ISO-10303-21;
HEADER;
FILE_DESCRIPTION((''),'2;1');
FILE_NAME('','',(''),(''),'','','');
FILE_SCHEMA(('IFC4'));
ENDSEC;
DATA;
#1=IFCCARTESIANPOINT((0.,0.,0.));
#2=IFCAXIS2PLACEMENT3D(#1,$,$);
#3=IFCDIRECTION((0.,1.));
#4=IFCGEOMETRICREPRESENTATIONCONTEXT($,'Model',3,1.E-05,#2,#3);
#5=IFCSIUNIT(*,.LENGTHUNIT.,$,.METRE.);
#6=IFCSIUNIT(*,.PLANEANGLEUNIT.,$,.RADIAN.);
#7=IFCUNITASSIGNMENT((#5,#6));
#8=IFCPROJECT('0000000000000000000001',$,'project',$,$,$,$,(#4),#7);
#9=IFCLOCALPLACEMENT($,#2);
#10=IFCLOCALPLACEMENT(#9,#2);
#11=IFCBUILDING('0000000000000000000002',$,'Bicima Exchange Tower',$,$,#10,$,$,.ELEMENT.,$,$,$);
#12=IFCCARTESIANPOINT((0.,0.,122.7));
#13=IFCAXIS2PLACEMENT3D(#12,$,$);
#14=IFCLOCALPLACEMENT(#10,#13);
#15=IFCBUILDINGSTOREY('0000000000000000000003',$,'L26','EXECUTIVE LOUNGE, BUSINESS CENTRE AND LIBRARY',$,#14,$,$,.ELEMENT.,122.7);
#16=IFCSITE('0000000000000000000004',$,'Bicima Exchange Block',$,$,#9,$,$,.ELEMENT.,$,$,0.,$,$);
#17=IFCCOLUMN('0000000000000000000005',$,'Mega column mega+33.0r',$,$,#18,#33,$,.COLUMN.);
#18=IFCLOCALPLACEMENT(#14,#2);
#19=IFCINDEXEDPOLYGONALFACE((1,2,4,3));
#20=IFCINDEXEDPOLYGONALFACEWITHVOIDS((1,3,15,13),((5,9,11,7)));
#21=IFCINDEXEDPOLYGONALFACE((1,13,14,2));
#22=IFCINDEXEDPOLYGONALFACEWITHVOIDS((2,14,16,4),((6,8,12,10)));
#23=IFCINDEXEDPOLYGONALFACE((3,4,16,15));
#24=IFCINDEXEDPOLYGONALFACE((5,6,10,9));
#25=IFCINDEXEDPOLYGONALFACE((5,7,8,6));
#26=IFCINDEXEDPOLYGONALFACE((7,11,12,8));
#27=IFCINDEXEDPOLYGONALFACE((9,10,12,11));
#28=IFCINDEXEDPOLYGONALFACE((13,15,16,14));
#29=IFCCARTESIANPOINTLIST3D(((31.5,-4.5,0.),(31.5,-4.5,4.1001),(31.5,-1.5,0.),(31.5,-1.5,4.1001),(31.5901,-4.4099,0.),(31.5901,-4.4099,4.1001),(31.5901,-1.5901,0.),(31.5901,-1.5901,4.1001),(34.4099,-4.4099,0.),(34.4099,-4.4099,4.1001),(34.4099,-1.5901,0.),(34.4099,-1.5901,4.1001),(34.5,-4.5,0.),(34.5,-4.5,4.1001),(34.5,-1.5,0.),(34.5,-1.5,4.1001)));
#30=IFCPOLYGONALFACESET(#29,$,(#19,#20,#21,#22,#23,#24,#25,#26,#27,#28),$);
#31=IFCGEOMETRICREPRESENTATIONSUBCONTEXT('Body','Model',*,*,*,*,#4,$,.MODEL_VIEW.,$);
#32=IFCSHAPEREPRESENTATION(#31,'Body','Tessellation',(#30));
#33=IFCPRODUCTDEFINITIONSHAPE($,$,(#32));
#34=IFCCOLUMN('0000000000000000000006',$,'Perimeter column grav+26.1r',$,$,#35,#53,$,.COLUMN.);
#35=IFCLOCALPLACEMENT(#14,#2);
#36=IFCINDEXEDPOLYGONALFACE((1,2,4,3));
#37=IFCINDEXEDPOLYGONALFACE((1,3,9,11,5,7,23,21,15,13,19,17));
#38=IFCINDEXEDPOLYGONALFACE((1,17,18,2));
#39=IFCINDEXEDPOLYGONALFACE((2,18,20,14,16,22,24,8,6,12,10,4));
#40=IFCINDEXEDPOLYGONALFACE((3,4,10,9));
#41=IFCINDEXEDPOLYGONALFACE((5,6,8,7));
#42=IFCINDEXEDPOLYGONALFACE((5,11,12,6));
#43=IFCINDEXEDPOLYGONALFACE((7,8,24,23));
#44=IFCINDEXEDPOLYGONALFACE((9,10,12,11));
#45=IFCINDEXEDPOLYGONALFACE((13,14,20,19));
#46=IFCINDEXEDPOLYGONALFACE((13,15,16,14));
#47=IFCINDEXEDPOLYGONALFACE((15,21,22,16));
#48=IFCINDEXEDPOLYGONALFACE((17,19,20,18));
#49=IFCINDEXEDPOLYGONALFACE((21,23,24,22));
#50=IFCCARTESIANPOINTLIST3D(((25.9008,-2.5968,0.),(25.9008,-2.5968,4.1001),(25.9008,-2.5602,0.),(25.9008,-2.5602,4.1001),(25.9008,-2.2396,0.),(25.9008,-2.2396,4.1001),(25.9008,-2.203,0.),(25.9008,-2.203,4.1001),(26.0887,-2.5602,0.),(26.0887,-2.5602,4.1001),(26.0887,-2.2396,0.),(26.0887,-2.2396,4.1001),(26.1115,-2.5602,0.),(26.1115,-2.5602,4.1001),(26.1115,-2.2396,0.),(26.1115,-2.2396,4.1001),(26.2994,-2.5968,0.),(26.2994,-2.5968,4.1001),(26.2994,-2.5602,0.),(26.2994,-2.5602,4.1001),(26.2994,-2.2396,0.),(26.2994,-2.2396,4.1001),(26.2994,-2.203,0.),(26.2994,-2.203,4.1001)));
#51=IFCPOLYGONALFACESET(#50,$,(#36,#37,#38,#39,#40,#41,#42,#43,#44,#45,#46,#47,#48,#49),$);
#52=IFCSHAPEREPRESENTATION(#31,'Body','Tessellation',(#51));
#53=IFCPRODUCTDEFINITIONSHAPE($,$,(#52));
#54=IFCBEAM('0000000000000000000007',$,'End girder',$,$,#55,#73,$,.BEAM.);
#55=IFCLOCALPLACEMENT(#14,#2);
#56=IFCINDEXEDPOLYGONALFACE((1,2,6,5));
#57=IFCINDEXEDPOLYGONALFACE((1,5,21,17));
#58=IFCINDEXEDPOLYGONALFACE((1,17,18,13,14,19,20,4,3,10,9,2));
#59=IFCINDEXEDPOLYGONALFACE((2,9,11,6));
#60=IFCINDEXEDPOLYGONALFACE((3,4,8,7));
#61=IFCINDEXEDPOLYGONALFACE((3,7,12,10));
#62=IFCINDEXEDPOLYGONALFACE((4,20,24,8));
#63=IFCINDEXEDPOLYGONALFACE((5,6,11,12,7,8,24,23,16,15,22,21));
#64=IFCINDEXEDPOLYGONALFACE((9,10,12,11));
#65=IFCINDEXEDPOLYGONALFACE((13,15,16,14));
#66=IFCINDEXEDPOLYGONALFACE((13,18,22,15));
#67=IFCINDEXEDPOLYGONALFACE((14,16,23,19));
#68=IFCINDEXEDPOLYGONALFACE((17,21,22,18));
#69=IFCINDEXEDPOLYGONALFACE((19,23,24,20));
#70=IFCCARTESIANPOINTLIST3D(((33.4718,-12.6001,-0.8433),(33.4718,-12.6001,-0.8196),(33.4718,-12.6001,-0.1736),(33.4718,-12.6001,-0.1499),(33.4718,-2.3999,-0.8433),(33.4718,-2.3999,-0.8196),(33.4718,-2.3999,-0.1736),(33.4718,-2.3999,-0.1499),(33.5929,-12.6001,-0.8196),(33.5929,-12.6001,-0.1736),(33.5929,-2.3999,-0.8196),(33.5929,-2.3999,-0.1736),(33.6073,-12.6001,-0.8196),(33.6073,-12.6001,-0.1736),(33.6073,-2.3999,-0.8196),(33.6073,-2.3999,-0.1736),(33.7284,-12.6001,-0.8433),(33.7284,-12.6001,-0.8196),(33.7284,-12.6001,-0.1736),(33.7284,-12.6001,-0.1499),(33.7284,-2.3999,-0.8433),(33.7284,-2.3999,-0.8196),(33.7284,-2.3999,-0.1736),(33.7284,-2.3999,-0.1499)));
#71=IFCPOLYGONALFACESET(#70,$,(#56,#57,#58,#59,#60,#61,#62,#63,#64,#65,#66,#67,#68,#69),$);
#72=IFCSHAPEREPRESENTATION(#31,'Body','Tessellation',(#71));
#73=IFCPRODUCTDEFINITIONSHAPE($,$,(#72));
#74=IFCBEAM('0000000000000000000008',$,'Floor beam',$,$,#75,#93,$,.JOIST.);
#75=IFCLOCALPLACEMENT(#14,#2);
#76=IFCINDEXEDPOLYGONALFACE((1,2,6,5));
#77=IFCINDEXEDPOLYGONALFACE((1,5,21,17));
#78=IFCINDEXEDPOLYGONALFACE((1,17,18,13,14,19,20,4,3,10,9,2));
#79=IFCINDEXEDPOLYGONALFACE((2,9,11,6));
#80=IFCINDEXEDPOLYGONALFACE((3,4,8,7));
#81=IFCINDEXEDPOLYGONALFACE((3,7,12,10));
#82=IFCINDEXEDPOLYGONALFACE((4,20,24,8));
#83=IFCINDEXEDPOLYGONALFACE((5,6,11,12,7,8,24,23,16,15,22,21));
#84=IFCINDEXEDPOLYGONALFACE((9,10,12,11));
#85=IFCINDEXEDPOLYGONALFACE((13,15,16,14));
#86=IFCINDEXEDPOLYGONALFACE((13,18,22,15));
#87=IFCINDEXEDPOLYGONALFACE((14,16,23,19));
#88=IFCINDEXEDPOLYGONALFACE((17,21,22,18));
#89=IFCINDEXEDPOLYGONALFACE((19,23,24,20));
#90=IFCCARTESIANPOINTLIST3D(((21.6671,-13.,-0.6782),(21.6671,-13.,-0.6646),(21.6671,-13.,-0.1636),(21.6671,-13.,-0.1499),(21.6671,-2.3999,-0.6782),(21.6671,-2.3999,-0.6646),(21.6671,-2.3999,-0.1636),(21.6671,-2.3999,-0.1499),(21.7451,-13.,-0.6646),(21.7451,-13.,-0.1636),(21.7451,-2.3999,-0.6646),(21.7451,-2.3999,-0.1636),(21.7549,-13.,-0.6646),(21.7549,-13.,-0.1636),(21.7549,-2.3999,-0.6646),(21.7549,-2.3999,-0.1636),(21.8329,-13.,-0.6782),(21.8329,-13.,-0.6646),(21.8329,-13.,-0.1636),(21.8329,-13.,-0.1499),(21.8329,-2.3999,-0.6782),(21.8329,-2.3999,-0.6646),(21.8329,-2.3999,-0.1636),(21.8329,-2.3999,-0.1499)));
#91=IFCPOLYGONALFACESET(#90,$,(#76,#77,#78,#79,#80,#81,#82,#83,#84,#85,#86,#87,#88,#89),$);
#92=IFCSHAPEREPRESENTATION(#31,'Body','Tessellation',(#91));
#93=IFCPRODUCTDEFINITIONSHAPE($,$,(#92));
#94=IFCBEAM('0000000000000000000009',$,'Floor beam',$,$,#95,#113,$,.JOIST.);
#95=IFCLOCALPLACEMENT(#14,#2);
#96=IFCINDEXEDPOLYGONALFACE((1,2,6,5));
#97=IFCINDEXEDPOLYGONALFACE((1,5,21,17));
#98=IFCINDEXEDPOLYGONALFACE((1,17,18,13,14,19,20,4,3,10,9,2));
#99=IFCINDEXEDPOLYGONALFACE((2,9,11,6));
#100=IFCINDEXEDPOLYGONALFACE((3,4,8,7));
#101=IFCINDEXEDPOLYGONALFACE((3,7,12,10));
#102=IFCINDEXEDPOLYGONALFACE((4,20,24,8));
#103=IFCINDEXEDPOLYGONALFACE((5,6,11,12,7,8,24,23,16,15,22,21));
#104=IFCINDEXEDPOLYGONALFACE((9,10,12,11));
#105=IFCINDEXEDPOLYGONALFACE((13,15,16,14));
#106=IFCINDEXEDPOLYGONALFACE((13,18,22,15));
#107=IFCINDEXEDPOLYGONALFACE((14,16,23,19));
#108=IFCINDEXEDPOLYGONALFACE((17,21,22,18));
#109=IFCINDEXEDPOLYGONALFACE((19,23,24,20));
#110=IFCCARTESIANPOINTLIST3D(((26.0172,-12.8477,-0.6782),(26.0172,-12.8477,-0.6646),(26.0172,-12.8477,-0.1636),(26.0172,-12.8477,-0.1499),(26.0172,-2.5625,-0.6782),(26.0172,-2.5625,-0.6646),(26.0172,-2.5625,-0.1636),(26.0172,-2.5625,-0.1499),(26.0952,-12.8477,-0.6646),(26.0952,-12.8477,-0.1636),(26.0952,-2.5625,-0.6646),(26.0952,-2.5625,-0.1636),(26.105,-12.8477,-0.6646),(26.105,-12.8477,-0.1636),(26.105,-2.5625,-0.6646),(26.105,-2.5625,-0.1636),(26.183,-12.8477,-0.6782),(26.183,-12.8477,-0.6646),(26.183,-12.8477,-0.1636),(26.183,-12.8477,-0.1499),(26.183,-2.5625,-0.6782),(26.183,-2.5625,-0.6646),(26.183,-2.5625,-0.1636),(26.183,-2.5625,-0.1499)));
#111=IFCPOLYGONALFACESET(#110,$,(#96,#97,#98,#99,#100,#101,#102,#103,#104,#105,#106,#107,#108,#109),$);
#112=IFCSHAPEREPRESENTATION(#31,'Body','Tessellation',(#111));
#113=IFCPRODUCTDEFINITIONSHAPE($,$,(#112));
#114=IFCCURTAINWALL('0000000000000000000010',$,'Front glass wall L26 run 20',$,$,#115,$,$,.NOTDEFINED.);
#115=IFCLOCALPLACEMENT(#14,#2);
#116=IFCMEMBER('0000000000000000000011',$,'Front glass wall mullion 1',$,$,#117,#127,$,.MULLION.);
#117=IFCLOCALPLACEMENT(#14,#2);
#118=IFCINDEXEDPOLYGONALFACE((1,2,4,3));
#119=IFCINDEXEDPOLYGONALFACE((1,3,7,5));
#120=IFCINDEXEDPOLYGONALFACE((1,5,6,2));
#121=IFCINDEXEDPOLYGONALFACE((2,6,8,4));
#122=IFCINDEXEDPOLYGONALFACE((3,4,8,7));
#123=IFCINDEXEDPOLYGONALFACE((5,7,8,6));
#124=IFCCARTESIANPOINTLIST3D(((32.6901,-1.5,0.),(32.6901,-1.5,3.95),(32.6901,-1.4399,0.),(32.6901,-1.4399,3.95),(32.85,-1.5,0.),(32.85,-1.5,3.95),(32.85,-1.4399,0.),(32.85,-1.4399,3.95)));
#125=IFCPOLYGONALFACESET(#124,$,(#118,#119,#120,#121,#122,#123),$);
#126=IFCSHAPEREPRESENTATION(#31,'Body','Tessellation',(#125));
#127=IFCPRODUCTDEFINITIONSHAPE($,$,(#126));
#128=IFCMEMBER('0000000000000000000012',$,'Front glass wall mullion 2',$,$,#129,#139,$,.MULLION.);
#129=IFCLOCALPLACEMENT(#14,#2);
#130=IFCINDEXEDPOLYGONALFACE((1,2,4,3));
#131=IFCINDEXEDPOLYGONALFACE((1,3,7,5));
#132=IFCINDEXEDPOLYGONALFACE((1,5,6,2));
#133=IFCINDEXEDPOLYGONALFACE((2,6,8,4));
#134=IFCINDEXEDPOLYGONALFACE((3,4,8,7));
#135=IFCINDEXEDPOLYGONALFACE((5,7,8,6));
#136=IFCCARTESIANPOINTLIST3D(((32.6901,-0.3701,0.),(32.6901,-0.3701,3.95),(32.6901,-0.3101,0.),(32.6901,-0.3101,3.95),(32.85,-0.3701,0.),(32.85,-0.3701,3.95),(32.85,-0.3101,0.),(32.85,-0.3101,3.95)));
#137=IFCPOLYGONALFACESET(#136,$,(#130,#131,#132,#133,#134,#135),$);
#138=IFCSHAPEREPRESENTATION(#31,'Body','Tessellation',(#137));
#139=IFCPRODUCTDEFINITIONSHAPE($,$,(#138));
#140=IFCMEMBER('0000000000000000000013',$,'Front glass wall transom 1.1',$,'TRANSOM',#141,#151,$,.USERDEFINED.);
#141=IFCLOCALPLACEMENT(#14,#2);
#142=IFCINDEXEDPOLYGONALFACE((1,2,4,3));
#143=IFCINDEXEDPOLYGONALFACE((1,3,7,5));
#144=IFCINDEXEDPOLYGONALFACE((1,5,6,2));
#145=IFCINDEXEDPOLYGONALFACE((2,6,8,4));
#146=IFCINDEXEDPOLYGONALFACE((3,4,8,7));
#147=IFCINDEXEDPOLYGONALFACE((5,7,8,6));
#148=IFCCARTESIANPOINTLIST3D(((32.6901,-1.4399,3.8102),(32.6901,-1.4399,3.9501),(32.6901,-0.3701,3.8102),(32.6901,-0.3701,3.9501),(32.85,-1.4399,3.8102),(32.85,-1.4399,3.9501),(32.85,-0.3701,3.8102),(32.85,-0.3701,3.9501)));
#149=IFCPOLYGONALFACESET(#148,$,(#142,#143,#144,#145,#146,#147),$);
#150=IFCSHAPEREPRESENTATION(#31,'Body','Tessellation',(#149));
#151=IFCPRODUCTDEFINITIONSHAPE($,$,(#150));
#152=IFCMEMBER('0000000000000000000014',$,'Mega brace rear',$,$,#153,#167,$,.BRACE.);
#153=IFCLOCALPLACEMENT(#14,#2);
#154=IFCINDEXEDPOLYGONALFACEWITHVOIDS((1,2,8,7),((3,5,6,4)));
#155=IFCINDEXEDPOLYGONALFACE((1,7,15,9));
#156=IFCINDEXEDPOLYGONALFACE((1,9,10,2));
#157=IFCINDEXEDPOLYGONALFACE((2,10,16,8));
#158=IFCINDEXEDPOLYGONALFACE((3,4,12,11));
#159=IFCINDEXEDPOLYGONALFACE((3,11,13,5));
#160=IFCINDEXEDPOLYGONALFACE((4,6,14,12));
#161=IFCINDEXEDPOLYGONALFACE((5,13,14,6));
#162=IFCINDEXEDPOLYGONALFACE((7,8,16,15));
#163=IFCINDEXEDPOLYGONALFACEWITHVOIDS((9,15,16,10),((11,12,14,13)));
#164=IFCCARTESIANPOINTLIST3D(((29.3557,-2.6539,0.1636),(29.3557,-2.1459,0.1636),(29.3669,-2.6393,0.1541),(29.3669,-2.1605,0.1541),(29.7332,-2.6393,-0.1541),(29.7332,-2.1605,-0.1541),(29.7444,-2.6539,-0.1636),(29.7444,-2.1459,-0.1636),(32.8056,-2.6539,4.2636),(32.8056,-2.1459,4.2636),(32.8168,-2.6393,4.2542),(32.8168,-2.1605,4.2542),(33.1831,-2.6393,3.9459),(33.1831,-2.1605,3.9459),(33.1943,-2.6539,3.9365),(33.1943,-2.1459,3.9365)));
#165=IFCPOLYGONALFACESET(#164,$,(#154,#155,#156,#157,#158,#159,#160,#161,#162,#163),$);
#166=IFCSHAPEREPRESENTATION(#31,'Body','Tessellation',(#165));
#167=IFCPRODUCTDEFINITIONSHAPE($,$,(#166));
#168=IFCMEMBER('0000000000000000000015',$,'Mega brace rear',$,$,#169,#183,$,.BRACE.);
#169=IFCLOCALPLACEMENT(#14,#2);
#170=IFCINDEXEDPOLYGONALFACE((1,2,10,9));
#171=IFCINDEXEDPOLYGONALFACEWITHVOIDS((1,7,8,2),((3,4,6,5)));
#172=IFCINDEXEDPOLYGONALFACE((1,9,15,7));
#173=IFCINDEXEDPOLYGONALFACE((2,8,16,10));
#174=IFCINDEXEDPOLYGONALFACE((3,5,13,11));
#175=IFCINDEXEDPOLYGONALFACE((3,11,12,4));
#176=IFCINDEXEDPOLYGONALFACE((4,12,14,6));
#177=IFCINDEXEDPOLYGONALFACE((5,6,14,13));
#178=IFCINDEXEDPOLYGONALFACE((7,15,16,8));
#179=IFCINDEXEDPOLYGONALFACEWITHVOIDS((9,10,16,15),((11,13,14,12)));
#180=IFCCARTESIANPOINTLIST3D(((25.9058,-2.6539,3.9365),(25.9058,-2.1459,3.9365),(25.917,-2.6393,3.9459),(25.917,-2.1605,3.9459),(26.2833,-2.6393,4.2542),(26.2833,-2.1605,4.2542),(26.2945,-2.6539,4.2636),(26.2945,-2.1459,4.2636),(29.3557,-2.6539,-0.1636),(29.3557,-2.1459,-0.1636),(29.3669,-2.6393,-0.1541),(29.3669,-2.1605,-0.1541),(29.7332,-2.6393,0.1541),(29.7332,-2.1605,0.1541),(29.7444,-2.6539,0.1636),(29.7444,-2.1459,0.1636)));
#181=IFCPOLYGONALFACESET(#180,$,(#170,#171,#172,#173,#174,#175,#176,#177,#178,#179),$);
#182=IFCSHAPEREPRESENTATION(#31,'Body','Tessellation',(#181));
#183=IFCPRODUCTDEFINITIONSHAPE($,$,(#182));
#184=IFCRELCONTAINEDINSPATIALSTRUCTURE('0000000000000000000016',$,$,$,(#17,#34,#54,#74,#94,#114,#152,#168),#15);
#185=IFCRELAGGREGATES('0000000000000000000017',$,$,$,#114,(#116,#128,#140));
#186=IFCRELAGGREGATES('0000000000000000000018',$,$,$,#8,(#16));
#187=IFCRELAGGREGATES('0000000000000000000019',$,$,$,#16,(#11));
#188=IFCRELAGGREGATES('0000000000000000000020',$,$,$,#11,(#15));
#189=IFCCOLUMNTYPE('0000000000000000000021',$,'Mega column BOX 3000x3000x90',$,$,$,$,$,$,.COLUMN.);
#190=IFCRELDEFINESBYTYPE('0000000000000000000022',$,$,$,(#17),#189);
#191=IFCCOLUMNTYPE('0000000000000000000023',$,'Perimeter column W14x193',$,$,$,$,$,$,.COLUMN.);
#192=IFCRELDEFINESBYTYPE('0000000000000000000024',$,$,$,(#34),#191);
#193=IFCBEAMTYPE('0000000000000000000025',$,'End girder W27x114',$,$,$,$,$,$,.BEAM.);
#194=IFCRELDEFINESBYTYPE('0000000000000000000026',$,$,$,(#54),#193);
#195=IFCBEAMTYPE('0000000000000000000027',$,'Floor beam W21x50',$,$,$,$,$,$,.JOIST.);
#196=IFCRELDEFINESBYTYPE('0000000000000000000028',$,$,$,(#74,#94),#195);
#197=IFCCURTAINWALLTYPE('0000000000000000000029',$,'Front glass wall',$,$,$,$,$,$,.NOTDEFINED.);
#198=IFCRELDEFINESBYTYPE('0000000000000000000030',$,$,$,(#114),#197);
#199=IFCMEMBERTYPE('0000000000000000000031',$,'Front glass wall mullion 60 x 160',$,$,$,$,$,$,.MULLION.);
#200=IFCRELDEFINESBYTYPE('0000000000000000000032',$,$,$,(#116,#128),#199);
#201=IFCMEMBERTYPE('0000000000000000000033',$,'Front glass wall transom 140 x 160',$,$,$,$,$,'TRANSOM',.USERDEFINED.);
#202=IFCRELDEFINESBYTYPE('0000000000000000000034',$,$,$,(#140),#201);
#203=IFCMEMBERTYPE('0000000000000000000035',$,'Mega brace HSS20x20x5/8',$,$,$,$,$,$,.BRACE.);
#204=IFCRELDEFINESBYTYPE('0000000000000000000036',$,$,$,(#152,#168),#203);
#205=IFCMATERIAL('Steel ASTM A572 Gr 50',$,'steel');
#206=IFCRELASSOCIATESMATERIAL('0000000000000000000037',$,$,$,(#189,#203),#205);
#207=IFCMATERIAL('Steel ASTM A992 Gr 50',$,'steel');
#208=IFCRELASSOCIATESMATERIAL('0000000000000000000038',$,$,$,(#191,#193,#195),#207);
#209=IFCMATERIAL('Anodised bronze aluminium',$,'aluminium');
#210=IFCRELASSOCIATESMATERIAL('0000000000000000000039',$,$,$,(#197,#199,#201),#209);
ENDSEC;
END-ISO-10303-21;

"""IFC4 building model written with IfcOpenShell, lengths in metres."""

from ifc_helpers import new_model, si_unit, direction, frame, origin, origin_2d, place, context, subcontext, project, spatial, rectangle, hollow_rectangle, i_section, extrude, material, material_profile, profile_set, type_object, element, aggregate, save


model = new_model("IFC4")

# Units and contexts
model_context = context("Model", 3, precision=1e-05, world=origin(), true_north=direction((0.0, 1.0)))
body_context = subcontext(model_context, "Body", "Model", "MODEL_VIEW")
ifc_project = project(units=[si_unit("LENGTHUNIT", "METRE"), si_unit("PLANEANGLEUNIT", "RADIAN")], contexts=[model_context])

# Site, building, storey
site_placement = place(None, origin())
site = spatial("IfcSite", under=ifc_project, at=site_placement, Name="Bicima Exchange Block", CompositionType="ELEMENT", RefElevation=0.0)
building_placement = place(site_placement, origin())
building = spatial("IfcBuilding", under=site, at=building_placement, Name="Bicima Exchange Tower", CompositionType="ELEMENT")
storey_placement = place(building_placement, frame((0.0, 0.0, 122.7)))
storey = spatial("IfcBuildingStorey", under=building, at=storey_placement, Name="L26", Description="EXECUTIVE LOUNGE, BUSINESS CENTRE AND LIBRARY", CompositionType="ELEMENT", Elevation=122.7)

# Columns
ifc_material_1 = material(Name="Steel ASTM A572 Gr 50", Category="steel")
ifc_material_profile_1 = material_profile(ifc_material_1, hollow_rectangle(XDim=3.0, YDim=3.0, WallThickness=0.0901, at=origin_2d()))
ifc_profile_set_1 = profile_set([ifc_material_profile_1], Name="Steel ASTM A572 Gr 50")
column_type_1 = type_object("IfcColumnType", Name="Mega column BOX 3000x3000x90", PredefinedType="COLUMN", material=ifc_profile_set_1)
column_1_placement = place(storey_placement, frame((33.0, -3.0, 0.0), z_axis=(0.0, 0.0, 1.0), x_axis=(1.0, 0.0, 0.0)))
element("IfcColumn", 1, at=column_1_placement, inside=storey, type_object=column_type_1, Name="Mega column mega+33.0r", PredefinedType="COLUMN", context=body_context, shape_type="SweptSolid", body=[
    extrude(hollow_rectangle(XDim=3.0, YDim=3.0, WallThickness=0.0901, at=origin_2d()), origin(), (0.0, 0.0, 1.0), 4.1001),
])
ifc_material_2 = material(Name="Steel ASTM A992 Gr 50", Category="steel")
ifc_material_profile_2 = material_profile(ifc_material_2, i_section(OverallWidth=0.3987, OverallDepth=0.3938, WebThickness=0.0227, FlangeThickness=0.0366, at=origin_2d()))
ifc_profile_set_2 = profile_set([ifc_material_profile_2], Name="Steel ASTM A992 Gr 50")
column_type_2 = type_object("IfcColumnType", Name="Perimeter column W14x193", PredefinedType="COLUMN", material=ifc_profile_set_2)
column_2_placement = place(storey_placement, frame((26.1001, -2.3999, 0.0), z_axis=(0.0, 0.0, 1.0), x_axis=(1.0, 0.0, 0.0)))
element("IfcColumn", 2, at=column_2_placement, inside=storey, type_object=column_type_2, Name="Perimeter column grav+26.1r", PredefinedType="COLUMN", context=body_context, shape_type="SweptSolid", body=[
    extrude(i_section(OverallWidth=0.3987, OverallDepth=0.3938, WebThickness=0.0227, FlangeThickness=0.0366, at=origin_2d()), origin(), (0.0, 0.0, 1.0), 4.1001),
])

# Beams
ifc_material_profile_3 = material_profile(ifc_material_2, i_section(OverallWidth=0.2566, OverallDepth=0.6934, WebThickness=0.0144, FlangeThickness=0.0237, at=origin_2d()))
ifc_profile_set_3 = profile_set([ifc_material_profile_3], Name="Steel ASTM A992 Gr 50")
beam_type_1 = type_object("IfcBeamType", Name="End girder W27x114", PredefinedType="BEAM", material=ifc_profile_set_3)
beam_1_placement = place(storey_placement, frame((33.6001, -2.3999, -0.4966), z_axis=(0.0, -1.0, 0.0), x_axis=(1.0, 0.0, 0.0)))
element("IfcBeam", 3, at=beam_1_placement, inside=storey, type_object=beam_type_1, Name="End girder", PredefinedType="BEAM", context=body_context, shape_type="SweptSolid", body=[
    extrude(i_section(OverallWidth=0.2566, OverallDepth=0.6934, WebThickness=0.0144, FlangeThickness=0.0237, at=origin_2d()), origin(), (0.0, 0.0, 1.0), 10.2002),
])
ifc_material_profile_4 = material_profile(ifc_material_2, i_section(OverallWidth=0.1658, OverallDepth=0.5283, WebThickness=0.0098, FlangeThickness=0.0137, at=origin_2d()))
ifc_profile_set_4 = profile_set([ifc_material_profile_4], Name="Steel ASTM A992 Gr 50")
beam_type_2 = type_object("IfcBeamType", Name="Floor beam W21x50", PredefinedType="JOIST", material=ifc_profile_set_4)
beam_2_placement = place(storey_placement, frame((21.75, -2.3999, -0.4141), z_axis=(0.0, -1.0, 0.0), x_axis=(1.0, 0.0, 0.0)))
element("IfcBeam", 4, at=beam_2_placement, inside=storey, type_object=beam_type_2, Name="Floor beam", PredefinedType="JOIST", context=body_context, shape_type="SweptSolid", body=[
    extrude(i_section(OverallWidth=0.1658, OverallDepth=0.5283, WebThickness=0.0098, FlangeThickness=0.0137, at=origin_2d()), origin(), (0.0, 0.0, 1.0), 10.6001),
])
beam_3_placement = place(storey_placement, frame((26.1001, -2.5625, -0.4141), z_axis=(0.0, -1.0, 0.0), x_axis=(1.0, 0.0, 0.0)))
element("IfcBeam", 5, at=beam_3_placement, inside=storey, type_object=beam_type_2, Name="Floor beam", PredefinedType="JOIST", context=body_context, shape_type="SweptSolid", body=[
    extrude(i_section(OverallWidth=0.1658, OverallDepth=0.5283, WebThickness=0.0098, FlangeThickness=0.0137, at=origin_2d()), origin(), (0.0, 0.0, 1.0), 10.2852),
])

# Curtain wall, members
ifc_material_3 = material(Name="Anodised bronze aluminium", Category="aluminium")
curtain_wall_type = type_object("IfcCurtainWallType", Name="Front glass wall", PredefinedType="NOTDEFINED", material=ifc_material_3)
curtain_wall_placement = place(storey_placement, origin())
curtain_wall = element("IfcCurtainWall", 6, at=curtain_wall_placement, inside=storey, type_object=curtain_wall_type, Name="Front glass wall L26 run 20", PredefinedType="NOTDEFINED")
ifc_material_profile_5 = material_profile(ifc_material_3, rectangle(XDim=0.1599, YDim=0.0601, at=origin_2d()))
ifc_profile_set_5 = profile_set([ifc_material_profile_5], Name="Anodised bronze aluminium")
member_type_1 = type_object("IfcMemberType", Name="Front glass wall mullion 60 x 160", PredefinedType="MULLION", material=ifc_profile_set_5)
member_1_placement = place(storey_placement, frame((32.77, -1.47, 0.0), z_axis=(0.0, 0.0, 1.0), x_axis=(-1.0, 0.0, 0.0)))
member_1 = element("IfcMember", 7, at=member_1_placement, type_object=member_type_1, Name="Front glass wall mullion 1", PredefinedType="MULLION", context=body_context, shape_type="SweptSolid", body=[
    extrude(rectangle(XDim=0.1599, YDim=0.0601, at=origin_2d()), origin(), (0.0, 0.0, 1.0), 3.95),
])
member_2_placement = place(storey_placement, frame((32.77, -0.3401, 0.0), z_axis=(0.0, 0.0, 1.0), x_axis=(-1.0, 0.0, 0.0)))
member_2 = element("IfcMember", 8, at=member_2_placement, type_object=member_type_1, Name="Front glass wall mullion 2", PredefinedType="MULLION", context=body_context, shape_type="SweptSolid", body=[
    extrude(rectangle(XDim=0.1599, YDim=0.0601, at=origin_2d()), origin(), (0.0, 0.0, 1.0), 3.95),
])
ifc_material_profile_6 = material_profile(ifc_material_3, rectangle(XDim=0.1599, YDim=0.1399, at=origin_2d()))
ifc_profile_set_6 = profile_set([ifc_material_profile_6], Name="Anodised bronze aluminium")
member_type_2 = type_object("IfcMemberType", Name="Front glass wall transom 140 x 160", ElementType="TRANSOM", PredefinedType="USERDEFINED", material=ifc_profile_set_6)
member_3_placement = place(storey_placement, frame((32.77, -1.4399, 3.8801), z_axis=(0.0, 1.0, 0.0), x_axis=(-1.0, 0.0, 0.0)))
member_3 = element("IfcMember", 9, at=member_3_placement, type_object=member_type_2, Name="Front glass wall transom 1.1", ObjectType="TRANSOM", PredefinedType="USERDEFINED", context=body_context, shape_type="SweptSolid", body=[
    extrude(rectangle(XDim=0.1599, YDim=0.1399, at=origin_2d()), origin(), (0.0, 0.0, 1.0), 1.0698),
])

# Members
ifc_material_profile_7 = material_profile(ifc_material_1, hollow_rectangle(XDim=0.5081, YDim=0.5081, WallThickness=0.0146, at=origin_2d()))
ifc_profile_set_7 = profile_set([ifc_material_profile_7], Name="Steel ASTM A572 Gr 50")
member_type_3 = type_object("IfcMemberType", Name="Mega brace HSS20x20x5/8", PredefinedType="BRACE", material=ifc_profile_set_7)
for number, where, z_axis, x_axis, name in (
    (10, (29.55, -2.3999, 0.0), (0.643834, 0.0, 0.765165), (0.0, 1.0, 0.0), "Mega brace rear"),
    (11, (29.55, -2.3999, 0.0), (-0.643834, 0.0, 0.765165), (0.0, -1.0, 0.0), "Mega brace rear"),
):
    element("IfcMember", number, at=place(storey_placement, frame(where, z_axis=z_axis, x_axis=x_axis)), inside=storey, type_object=member_type_3, Name=name, PredefinedType="BRACE", context=body_context, shape_type="SweptSolid", body=[
        extrude(hollow_rectangle(XDim=0.5081, YDim=0.5081, WallThickness=0.0146, at=origin_2d()), origin(), (0.0, 0.0, 1.0), 5.3584),
    ])

aggregate(curtain_wall, [member_1, member_2, member_3])

save(model, "model.ifc")
